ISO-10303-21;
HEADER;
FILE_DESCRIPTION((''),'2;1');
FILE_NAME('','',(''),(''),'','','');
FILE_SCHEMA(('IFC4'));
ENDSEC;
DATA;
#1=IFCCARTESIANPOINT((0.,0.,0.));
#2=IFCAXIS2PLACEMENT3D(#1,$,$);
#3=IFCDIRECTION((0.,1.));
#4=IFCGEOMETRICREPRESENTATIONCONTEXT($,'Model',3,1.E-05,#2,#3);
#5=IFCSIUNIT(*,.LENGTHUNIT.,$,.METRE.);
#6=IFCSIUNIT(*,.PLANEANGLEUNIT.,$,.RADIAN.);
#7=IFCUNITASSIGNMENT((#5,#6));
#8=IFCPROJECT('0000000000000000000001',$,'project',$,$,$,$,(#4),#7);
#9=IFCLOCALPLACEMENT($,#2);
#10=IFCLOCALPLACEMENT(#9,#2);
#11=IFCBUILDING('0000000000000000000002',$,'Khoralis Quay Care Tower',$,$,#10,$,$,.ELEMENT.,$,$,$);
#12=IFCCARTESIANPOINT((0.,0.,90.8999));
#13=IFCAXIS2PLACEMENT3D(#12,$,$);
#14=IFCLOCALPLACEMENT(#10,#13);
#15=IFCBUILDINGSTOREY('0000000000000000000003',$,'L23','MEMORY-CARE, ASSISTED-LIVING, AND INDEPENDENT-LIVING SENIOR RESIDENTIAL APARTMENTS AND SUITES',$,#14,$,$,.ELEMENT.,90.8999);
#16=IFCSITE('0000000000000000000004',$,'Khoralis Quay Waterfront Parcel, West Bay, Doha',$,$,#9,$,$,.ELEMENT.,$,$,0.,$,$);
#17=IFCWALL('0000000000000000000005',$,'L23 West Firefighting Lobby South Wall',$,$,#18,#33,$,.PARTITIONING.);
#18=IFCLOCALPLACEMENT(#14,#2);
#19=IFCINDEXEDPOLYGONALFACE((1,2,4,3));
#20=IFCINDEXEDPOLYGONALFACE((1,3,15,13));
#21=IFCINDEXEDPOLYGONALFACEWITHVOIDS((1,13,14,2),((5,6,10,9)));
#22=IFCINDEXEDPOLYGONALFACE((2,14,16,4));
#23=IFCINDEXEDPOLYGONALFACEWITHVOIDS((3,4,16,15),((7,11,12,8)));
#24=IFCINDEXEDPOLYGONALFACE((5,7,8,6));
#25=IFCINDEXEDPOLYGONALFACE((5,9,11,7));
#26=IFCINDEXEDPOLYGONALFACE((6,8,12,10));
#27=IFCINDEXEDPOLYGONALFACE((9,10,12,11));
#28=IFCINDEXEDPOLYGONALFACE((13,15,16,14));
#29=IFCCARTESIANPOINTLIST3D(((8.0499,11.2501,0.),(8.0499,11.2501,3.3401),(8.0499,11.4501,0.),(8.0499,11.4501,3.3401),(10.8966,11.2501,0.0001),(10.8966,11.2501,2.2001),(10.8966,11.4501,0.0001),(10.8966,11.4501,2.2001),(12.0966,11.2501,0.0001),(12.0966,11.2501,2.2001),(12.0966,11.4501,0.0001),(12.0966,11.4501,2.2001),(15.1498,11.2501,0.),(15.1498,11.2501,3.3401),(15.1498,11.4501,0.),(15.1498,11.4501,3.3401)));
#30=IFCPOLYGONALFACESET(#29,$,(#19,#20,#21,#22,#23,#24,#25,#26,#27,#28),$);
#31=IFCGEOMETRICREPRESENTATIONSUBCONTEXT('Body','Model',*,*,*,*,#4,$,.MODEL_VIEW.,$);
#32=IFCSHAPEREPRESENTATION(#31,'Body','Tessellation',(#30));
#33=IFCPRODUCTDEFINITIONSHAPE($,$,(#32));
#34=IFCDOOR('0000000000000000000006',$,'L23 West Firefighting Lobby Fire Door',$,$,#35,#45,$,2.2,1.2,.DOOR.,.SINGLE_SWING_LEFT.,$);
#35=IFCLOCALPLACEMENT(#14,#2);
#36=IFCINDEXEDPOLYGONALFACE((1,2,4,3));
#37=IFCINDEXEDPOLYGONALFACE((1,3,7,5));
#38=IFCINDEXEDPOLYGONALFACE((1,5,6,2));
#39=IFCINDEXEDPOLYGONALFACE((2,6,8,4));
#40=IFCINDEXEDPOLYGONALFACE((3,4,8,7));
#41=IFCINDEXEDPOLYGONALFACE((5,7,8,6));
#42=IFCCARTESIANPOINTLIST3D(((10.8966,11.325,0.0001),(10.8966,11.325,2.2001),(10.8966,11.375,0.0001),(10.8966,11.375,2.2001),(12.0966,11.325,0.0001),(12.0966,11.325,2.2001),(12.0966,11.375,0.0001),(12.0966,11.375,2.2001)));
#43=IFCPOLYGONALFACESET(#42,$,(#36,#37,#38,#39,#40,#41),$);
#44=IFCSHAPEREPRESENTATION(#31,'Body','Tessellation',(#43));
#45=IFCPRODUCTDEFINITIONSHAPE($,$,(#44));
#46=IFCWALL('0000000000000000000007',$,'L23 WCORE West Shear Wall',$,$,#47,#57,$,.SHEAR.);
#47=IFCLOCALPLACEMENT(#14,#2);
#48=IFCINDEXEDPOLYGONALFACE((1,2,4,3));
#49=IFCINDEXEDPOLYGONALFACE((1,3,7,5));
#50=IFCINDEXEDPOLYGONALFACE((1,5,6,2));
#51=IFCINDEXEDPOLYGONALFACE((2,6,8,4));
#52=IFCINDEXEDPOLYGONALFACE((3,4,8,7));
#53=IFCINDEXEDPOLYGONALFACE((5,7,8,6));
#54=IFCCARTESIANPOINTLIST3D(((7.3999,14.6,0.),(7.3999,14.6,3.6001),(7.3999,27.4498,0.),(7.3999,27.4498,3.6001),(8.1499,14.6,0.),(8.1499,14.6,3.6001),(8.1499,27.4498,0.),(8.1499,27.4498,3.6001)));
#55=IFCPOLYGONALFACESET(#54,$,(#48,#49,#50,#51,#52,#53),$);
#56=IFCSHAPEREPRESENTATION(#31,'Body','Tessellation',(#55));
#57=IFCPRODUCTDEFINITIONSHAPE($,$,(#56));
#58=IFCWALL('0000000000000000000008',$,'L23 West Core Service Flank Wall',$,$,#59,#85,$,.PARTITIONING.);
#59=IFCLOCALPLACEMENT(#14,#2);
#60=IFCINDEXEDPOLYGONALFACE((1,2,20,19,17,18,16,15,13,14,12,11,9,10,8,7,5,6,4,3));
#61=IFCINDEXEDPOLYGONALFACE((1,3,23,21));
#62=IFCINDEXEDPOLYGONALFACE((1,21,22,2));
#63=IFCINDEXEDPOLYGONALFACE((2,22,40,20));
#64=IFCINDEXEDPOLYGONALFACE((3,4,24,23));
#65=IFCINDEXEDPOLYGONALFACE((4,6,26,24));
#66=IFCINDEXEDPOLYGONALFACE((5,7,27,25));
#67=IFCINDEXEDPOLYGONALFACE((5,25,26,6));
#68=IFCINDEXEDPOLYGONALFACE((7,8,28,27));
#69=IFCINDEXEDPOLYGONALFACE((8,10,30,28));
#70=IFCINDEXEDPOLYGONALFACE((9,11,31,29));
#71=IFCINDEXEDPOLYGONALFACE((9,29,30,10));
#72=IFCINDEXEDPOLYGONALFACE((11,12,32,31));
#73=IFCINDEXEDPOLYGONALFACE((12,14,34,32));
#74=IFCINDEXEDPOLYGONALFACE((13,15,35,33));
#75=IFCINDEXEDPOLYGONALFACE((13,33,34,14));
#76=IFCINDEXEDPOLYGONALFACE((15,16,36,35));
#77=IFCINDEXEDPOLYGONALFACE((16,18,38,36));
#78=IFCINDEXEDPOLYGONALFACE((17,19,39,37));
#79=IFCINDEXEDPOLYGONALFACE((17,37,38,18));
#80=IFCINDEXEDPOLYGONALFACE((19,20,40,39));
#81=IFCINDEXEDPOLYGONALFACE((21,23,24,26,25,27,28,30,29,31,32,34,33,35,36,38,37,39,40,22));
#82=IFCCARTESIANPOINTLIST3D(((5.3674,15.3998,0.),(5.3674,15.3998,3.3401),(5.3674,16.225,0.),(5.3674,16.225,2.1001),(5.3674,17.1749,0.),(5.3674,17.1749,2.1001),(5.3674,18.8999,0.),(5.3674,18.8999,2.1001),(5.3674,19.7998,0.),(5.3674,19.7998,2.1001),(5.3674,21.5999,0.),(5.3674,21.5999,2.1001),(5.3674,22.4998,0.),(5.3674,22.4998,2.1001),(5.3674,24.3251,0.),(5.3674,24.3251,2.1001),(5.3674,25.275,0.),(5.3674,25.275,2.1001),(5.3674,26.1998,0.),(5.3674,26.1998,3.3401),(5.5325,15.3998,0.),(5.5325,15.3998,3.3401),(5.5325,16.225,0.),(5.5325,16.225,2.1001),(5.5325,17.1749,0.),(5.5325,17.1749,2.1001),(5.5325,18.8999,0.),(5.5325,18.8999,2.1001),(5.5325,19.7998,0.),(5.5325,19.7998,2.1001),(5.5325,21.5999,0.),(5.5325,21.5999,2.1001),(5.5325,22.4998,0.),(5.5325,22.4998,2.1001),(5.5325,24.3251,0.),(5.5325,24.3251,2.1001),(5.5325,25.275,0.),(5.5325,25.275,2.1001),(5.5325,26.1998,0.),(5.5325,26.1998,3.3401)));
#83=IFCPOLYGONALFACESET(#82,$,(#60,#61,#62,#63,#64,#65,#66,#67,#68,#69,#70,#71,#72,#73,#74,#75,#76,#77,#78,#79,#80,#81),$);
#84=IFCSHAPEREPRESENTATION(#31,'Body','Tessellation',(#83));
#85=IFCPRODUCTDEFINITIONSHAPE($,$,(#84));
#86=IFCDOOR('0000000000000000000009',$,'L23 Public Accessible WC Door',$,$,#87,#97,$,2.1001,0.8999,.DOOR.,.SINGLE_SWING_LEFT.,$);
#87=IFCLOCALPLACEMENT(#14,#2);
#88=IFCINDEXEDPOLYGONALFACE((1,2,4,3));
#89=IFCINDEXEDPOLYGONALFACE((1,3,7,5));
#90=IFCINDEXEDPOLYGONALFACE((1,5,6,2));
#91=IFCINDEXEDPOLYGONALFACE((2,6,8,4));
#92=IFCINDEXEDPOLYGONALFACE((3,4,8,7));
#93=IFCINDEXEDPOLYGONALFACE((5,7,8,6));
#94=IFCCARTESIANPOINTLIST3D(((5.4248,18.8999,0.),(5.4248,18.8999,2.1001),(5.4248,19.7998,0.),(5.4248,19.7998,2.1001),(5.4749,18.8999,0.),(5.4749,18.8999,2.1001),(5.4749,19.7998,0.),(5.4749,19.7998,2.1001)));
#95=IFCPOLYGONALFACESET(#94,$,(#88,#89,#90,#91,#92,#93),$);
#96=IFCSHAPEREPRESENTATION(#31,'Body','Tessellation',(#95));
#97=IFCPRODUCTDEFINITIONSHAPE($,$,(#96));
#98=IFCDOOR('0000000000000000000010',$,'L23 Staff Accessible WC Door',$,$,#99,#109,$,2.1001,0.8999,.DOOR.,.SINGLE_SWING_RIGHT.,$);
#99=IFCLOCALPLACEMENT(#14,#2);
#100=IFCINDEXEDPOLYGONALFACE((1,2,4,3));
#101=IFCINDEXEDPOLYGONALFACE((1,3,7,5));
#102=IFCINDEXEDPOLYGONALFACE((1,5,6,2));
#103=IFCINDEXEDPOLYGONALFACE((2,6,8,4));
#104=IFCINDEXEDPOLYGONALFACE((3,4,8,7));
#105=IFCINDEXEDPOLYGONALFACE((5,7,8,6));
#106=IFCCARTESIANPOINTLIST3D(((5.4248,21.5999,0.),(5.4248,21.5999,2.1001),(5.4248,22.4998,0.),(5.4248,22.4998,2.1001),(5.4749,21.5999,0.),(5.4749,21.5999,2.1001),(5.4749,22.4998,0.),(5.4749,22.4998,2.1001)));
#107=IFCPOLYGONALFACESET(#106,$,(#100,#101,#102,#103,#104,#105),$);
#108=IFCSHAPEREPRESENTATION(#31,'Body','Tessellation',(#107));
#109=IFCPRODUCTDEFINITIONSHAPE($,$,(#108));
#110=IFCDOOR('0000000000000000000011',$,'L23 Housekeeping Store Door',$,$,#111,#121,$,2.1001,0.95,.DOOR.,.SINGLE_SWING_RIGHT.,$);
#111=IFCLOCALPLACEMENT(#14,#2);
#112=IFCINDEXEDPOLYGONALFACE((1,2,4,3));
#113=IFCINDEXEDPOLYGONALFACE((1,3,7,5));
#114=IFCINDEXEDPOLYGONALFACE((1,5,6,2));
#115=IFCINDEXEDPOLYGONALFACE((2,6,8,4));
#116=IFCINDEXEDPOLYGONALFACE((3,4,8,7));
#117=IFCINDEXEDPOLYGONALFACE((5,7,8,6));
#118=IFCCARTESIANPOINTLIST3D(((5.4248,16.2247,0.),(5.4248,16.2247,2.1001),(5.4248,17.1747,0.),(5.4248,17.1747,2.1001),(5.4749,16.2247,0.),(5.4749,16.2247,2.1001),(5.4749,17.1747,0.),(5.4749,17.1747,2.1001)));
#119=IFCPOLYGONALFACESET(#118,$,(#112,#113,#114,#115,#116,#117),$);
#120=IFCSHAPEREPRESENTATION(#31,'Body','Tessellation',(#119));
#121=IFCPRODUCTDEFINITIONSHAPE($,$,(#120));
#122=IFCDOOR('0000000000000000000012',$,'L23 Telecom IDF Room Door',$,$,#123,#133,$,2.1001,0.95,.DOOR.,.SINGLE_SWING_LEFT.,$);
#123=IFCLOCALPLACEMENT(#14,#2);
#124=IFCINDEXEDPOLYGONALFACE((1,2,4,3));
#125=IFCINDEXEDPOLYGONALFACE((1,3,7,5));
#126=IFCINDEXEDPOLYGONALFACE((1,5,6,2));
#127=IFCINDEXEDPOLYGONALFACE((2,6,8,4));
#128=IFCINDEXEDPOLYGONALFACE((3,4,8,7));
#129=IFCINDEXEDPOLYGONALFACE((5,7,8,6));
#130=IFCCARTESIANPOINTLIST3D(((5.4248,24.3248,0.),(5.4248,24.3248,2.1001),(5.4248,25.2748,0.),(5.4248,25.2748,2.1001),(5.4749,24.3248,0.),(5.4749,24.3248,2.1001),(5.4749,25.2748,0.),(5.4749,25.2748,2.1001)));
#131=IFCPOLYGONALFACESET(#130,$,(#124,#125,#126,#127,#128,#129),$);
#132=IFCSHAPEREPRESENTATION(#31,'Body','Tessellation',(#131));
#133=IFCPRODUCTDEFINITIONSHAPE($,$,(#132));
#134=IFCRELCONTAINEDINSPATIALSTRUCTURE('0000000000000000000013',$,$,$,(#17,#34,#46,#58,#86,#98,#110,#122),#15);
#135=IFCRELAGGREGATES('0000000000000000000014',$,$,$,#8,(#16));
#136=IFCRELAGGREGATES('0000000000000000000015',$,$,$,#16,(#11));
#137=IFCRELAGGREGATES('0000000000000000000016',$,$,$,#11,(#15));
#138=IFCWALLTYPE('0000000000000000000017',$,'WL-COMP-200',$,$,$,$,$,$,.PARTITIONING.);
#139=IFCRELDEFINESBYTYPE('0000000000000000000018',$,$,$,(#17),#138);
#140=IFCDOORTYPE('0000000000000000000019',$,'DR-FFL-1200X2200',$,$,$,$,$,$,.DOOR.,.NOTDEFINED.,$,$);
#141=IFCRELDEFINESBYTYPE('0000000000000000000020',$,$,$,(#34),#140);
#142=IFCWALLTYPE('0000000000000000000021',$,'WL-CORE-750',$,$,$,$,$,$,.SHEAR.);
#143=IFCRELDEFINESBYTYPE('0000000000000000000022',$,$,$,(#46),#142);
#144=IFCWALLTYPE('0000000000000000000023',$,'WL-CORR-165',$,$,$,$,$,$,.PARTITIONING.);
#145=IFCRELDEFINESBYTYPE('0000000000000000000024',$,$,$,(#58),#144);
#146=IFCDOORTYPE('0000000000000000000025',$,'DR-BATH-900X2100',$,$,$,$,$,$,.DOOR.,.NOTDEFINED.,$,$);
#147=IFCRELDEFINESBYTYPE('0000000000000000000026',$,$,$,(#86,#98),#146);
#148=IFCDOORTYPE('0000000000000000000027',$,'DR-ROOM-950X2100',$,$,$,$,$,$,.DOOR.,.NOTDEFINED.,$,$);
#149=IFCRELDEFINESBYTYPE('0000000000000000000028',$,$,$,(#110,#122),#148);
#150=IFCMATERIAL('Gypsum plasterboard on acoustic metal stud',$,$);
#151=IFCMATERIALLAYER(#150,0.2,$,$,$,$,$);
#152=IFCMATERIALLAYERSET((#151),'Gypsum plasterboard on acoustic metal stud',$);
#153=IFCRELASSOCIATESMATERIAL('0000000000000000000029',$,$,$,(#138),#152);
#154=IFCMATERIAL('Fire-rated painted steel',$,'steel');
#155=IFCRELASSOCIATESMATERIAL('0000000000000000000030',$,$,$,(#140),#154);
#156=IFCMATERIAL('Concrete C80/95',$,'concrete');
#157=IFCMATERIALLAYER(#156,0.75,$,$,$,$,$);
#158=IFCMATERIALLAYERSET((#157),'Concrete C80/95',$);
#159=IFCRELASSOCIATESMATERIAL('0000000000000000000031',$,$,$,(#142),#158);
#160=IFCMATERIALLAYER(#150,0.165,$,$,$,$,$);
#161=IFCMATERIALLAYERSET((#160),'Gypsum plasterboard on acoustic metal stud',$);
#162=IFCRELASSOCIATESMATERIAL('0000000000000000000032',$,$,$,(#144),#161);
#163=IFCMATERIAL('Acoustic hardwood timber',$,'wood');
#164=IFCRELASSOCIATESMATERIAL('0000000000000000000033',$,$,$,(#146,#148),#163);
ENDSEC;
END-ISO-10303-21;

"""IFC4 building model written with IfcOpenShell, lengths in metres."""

from ifc_helpers import new_model, si_unit, direction, frame, frame_2d, origin, place, context, subcontext, project, spatial, rectangle, extrude, source, transform, mapped, material, layer, layer_set, type_object, element, fill, save


model = new_model("IFC4")

# Units and contexts
model_context = context("Model", 3, precision=1e-05, world=origin(), true_north=direction((0.0, 1.0)))
body_context = subcontext(model_context, "Body", "Model", "MODEL_VIEW")
ifc_project = project(units=[si_unit("LENGTHUNIT", "METRE"), si_unit("PLANEANGLEUNIT", "RADIAN")], contexts=[model_context])

# Site, building, storey
site_placement = place(None, origin())
site = spatial("IfcSite", under=ifc_project, at=site_placement, Name="Khoralis Quay Waterfront Parcel, West Bay, Doha", CompositionType="ELEMENT", RefElevation=0.0)
building_placement = place(site_placement, origin())
building = spatial("IfcBuilding", under=site, at=building_placement, Name="Khoralis Quay Care Tower", CompositionType="ELEMENT")
storey_placement = place(building_placement, frame((0.0, 0.0, 90.8999)))
storey = spatial("IfcBuildingStorey", under=building, at=storey_placement, Name="L23", Description="MEMORY-CARE, ASSISTED-LIVING, AND INDEPENDENT-LIVING SENIOR RESIDENTIAL APARTMENTS AND SUITES", CompositionType="ELEMENT", Elevation=90.8999)

# Wall, opening, door
ifc_material_1 = material(Name="Gypsum plasterboard on acoustic metal stud")
ifc_layer_1 = layer(ifc_material_1, 0.2)
ifc_layer_set_1 = layer_set([ifc_layer_1], Name="Gypsum plasterboard on acoustic metal stud")
wall_type_1 = type_object("IfcWallType", Name="WL-COMP-200", PredefinedType="PARTITIONING", material=ifc_layer_set_1)
wall_1_placement = place(storey_placement, frame((8.05, 11.3501, 0.0), z_axis=(0.0, 0.0, 1.0), x_axis=(1.0, 0.0, 0.0)))
wall_1 = element("IfcWall", 1, at=wall_1_placement, inside=storey, type_object=wall_type_1, Name="L23 West Firefighting Lobby South Wall", PredefinedType="PARTITIONING", context=body_context, shape_type="SweptSolid", body=[
    extrude(rectangle(XDim=7.0999, YDim=0.2, at=frame_2d((3.5498, 0.0))), origin(), (0.0, 0.0, 1.0), 3.3401),
])
opening_1_placement = place(wall_1_placement, frame((2.8464, 0.0, 0.0)))
opening_1 = element("IfcOpeningElement", 2, at=opening_1_placement, cuts=wall_1, PredefinedType="OPENING", context=body_context, shape_type="SweptSolid", body=[
    extrude(rectangle(XDim=1.2, YDim=2.2, at=frame_2d((0.6001, 1.1001))), frame((0.0, 0.1099, 0.0), z_axis=(0.0, -1.0, 0.0), x_axis=(1.0, 0.0, 0.0)), (0.0, 0.0, 1.0), 0.22),
])
ifc_material_2 = material(Name="Fire-rated painted steel", Category="steel")
door_type_1 = type_object("IfcDoorType", Name="DR-FFL-1200X2200", OperationType="NOTDEFINED", PredefinedType="DOOR", material=ifc_material_2)
shared_shape_1 = source(origin(), body_context, "Body", "SweptSolid", [
    extrude(rectangle(XDim=1.2, YDim=2.2, at=frame_2d((0.6001, 1.1001))), frame((0.0, 0.0249, 0.0), z_axis=(0.0, -1.0, 0.0), x_axis=(1.0, 0.0, 0.0)), (0.0, 0.0, 1.0), 0.05),
])
door_1_placement = place(opening_1_placement, origin())
door_1 = element("IfcDoor", 3, at=door_1_placement, inside=storey, type_object=door_type_1, Name="L23 West Firefighting Lobby Fire Door", OperationType="SINGLE_SWING_LEFT", OverallHeight=2.2, OverallWidth=1.2, PredefinedType="DOOR", context=body_context, shape_type="MappedRepresentation", body=[
    mapped(shared_shape_1, transform((0.0, 0.0, 0.0), scale=1.0)),
])
fill(opening_1, door_1)

# Wall
ifc_material_3 = material(Name="Concrete C80/95", Category="concrete")
ifc_layer_2 = layer(ifc_material_3, 0.75)
ifc_layer_set_2 = layer_set([ifc_layer_2], Name="Concrete C80/95")
wall_type_2 = type_object("IfcWallType", Name="WL-CORE-750", PredefinedType="SHEAR", material=ifc_layer_set_2)
wall_2_placement = place(storey_placement, frame((7.7749, 14.6001, 0.0), z_axis=(0.0, 0.0, 1.0), x_axis=(0.0, 1.0, 0.0)))
element("IfcWall", 4, at=wall_2_placement, inside=storey, type_object=wall_type_2, Name="L23 WCORE West Shear Wall", PredefinedType="SHEAR", context=body_context, shape_type="SweptSolid", body=[
    extrude(rectangle(XDim=12.8499, YDim=0.75, at=frame_2d((6.4248, 0.0))), origin(), (0.0, 0.0, 1.0), 3.6001),
])

# Wall, openings, doors
ifc_layer_3 = layer(ifc_material_1, 0.165)
ifc_layer_set_3 = layer_set([ifc_layer_3], Name="Gypsum plasterboard on acoustic metal stud")
wall_type_3 = type_object("IfcWallType", Name="WL-CORR-165", PredefinedType="PARTITIONING", material=ifc_layer_set_3)
wall_3_placement = place(storey_placement, frame((5.45, 15.3999, 0.0), z_axis=(0.0, 0.0, 1.0), x_axis=(0.0, 1.0, 0.0)))
wall_3 = element("IfcWall", 5, at=wall_3_placement, inside=storey, type_object=wall_type_3, Name="L23 West Core Service Flank Wall", PredefinedType="PARTITIONING", context=body_context, shape_type="SweptSolid", body=[
    extrude(rectangle(XDim=10.8, YDim=0.165, at=frame_2d((5.3999, 0.0))), origin(), (0.0, 0.0, 1.0), 3.3401),
])
opening_2_placement = place(wall_3_placement, frame((0.825, 0.0, 0.0)))
opening_2 = element("IfcOpeningElement", 6, at=opening_2_placement, cuts=wall_3, PredefinedType="OPENING", context=body_context, shape_type="SweptSolid", body=[
    extrude(rectangle(XDim=0.95, YDim=2.1001, at=frame_2d((0.4751, 1.05))), frame((0.0, 0.0925, 0.0), z_axis=(0.0, -1.0, 0.0), x_axis=(1.0, 0.0, 0.0)), (0.0, 0.0, 1.0), 0.1851),
])
opening_3_placement = place(wall_3_placement, frame((3.5, 0.0, 0.0)))
opening_3 = element("IfcOpeningElement", 7, at=opening_3_placement, cuts=wall_3, PredefinedType="OPENING", context=body_context, shape_type="SweptSolid", body=[
    extrude(rectangle(XDim=0.8999, YDim=2.1001, at=frame_2d((0.45, 1.05))), frame((0.0, 0.0925, 0.0), z_axis=(0.0, -1.0, 0.0), x_axis=(1.0, 0.0, 0.0)), (0.0, 0.0, 1.0), 0.1851),
])
opening_4_placement = place(wall_3_placement, frame((6.2, 0.0, 0.0)))
opening_4 = element("IfcOpeningElement", 8, at=opening_4_placement, cuts=wall_3, PredefinedType="OPENING", context=body_context, shape_type="SweptSolid", body=[
    extrude(rectangle(XDim=0.8999, YDim=2.1001, at=frame_2d((0.45, 1.05))), frame((0.0, 0.0925, 0.0), z_axis=(0.0, -1.0, 0.0), x_axis=(1.0, 0.0, 0.0)), (0.0, 0.0, 1.0), 0.1851),
])
opening_5_placement = place(wall_3_placement, frame((8.925, 0.0, 0.0)))
opening_5 = element("IfcOpeningElement", 9, at=opening_5_placement, cuts=wall_3, PredefinedType="OPENING", context=body_context, shape_type="SweptSolid", body=[
    extrude(rectangle(XDim=0.95, YDim=2.1001, at=frame_2d((0.4751, 1.05))), frame((0.0, 0.0925, 0.0), z_axis=(0.0, -1.0, 0.0), x_axis=(1.0, 0.0, 0.0)), (0.0, 0.0, 1.0), 0.1851),
])
ifc_material_4 = material(Name="Acoustic hardwood timber", Category="wood")
door_type_2 = type_object("IfcDoorType", Name="DR-BATH-900X2100", OperationType="NOTDEFINED", PredefinedType="DOOR", material=ifc_material_4)
shared_shape_2 = source(origin(), body_context, "Body", "SweptSolid", [
    extrude(rectangle(XDim=0.8999, YDim=2.1001, at=frame_2d((0.45, 1.05))), frame((0.0, 0.0249, 0.0), z_axis=(0.0, -1.0, 0.0), x_axis=(1.0, 0.0, 0.0)), (0.0, 0.0, 1.0), 0.05),
])
door_2_placement = place(opening_3_placement, frame((0.8999, 0.0, 0.0), z_axis=(0.0, 0.0, 1.0), x_axis=(-1.0, 0.0, 0.0)))
door_2 = element("IfcDoor", 10, at=door_2_placement, inside=storey, type_object=door_type_2, Name="L23 Public Accessible WC Door", OperationType="SINGLE_SWING_LEFT", OverallHeight=2.1001, OverallWidth=0.8999, PredefinedType="DOOR", context=body_context, shape_type="MappedRepresentation", body=[
    mapped(shared_shape_2, transform((0.0, 0.0, 0.0), scale=1.0)),
])
fill(opening_3, door_2)
door_3_placement = place(opening_4_placement, frame((0.8999, 0.0, 0.0), z_axis=(0.0, 0.0, 1.0), x_axis=(-1.0, 0.0, 0.0)))
door_3 = element("IfcDoor", 11, at=door_3_placement, inside=storey, type_object=door_type_2, Name="L23 Staff Accessible WC Door", OperationType="SINGLE_SWING_RIGHT", OverallHeight=2.1001, OverallWidth=0.8999, PredefinedType="DOOR", context=body_context, shape_type="MappedRepresentation", body=[
    mapped(shared_shape_2, transform((0.0, 0.0, 0.0), scale=1.0)),
])
fill(opening_4, door_3)
door_type_3 = type_object("IfcDoorType", Name="DR-ROOM-950X2100", OperationType="NOTDEFINED", PredefinedType="DOOR", material=ifc_material_4)
shared_shape_3 = source(origin(), body_context, "Body", "SweptSolid", [
    extrude(rectangle(XDim=0.95, YDim=2.1001, at=frame_2d((0.4751, 1.05))), frame((0.0, 0.0249, 0.0), z_axis=(0.0, -1.0, 0.0), x_axis=(1.0, 0.0, 0.0)), (0.0, 0.0, 1.0), 0.05),
])
door_4_placement = place(opening_2_placement, frame((0.95, 0.0, 0.0), z_axis=(0.0, 0.0, 1.0), x_axis=(-1.0, 0.0, 0.0)))
door_4 = element("IfcDoor", 12, at=door_4_placement, inside=storey, type_object=door_type_3, Name="L23 Housekeeping Store Door", OperationType="SINGLE_SWING_RIGHT", OverallHeight=2.1001, OverallWidth=0.95, PredefinedType="DOOR", context=body_context, shape_type="MappedRepresentation", body=[
    mapped(shared_shape_3, transform((0.0, 0.0, 0.0), scale=1.0)),
])
fill(opening_2, door_4)
door_5_placement = place(opening_5_placement, frame((0.95, 0.0, 0.0), z_axis=(0.0, 0.0, 1.0), x_axis=(-1.0, 0.0, 0.0)))
door_5 = element("IfcDoor", 13, at=door_5_placement, inside=storey, type_object=door_type_3, Name="L23 Telecom IDF Room Door", OperationType="SINGLE_SWING_LEFT", OverallHeight=2.1001, OverallWidth=0.95, PredefinedType="DOOR", context=body_context, shape_type="MappedRepresentation", body=[
    mapped(shared_shape_3, transform((0.0, 0.0, 0.0), scale=1.0)),
])
fill(opening_5, door_5)

save(model, "model.ifc")
